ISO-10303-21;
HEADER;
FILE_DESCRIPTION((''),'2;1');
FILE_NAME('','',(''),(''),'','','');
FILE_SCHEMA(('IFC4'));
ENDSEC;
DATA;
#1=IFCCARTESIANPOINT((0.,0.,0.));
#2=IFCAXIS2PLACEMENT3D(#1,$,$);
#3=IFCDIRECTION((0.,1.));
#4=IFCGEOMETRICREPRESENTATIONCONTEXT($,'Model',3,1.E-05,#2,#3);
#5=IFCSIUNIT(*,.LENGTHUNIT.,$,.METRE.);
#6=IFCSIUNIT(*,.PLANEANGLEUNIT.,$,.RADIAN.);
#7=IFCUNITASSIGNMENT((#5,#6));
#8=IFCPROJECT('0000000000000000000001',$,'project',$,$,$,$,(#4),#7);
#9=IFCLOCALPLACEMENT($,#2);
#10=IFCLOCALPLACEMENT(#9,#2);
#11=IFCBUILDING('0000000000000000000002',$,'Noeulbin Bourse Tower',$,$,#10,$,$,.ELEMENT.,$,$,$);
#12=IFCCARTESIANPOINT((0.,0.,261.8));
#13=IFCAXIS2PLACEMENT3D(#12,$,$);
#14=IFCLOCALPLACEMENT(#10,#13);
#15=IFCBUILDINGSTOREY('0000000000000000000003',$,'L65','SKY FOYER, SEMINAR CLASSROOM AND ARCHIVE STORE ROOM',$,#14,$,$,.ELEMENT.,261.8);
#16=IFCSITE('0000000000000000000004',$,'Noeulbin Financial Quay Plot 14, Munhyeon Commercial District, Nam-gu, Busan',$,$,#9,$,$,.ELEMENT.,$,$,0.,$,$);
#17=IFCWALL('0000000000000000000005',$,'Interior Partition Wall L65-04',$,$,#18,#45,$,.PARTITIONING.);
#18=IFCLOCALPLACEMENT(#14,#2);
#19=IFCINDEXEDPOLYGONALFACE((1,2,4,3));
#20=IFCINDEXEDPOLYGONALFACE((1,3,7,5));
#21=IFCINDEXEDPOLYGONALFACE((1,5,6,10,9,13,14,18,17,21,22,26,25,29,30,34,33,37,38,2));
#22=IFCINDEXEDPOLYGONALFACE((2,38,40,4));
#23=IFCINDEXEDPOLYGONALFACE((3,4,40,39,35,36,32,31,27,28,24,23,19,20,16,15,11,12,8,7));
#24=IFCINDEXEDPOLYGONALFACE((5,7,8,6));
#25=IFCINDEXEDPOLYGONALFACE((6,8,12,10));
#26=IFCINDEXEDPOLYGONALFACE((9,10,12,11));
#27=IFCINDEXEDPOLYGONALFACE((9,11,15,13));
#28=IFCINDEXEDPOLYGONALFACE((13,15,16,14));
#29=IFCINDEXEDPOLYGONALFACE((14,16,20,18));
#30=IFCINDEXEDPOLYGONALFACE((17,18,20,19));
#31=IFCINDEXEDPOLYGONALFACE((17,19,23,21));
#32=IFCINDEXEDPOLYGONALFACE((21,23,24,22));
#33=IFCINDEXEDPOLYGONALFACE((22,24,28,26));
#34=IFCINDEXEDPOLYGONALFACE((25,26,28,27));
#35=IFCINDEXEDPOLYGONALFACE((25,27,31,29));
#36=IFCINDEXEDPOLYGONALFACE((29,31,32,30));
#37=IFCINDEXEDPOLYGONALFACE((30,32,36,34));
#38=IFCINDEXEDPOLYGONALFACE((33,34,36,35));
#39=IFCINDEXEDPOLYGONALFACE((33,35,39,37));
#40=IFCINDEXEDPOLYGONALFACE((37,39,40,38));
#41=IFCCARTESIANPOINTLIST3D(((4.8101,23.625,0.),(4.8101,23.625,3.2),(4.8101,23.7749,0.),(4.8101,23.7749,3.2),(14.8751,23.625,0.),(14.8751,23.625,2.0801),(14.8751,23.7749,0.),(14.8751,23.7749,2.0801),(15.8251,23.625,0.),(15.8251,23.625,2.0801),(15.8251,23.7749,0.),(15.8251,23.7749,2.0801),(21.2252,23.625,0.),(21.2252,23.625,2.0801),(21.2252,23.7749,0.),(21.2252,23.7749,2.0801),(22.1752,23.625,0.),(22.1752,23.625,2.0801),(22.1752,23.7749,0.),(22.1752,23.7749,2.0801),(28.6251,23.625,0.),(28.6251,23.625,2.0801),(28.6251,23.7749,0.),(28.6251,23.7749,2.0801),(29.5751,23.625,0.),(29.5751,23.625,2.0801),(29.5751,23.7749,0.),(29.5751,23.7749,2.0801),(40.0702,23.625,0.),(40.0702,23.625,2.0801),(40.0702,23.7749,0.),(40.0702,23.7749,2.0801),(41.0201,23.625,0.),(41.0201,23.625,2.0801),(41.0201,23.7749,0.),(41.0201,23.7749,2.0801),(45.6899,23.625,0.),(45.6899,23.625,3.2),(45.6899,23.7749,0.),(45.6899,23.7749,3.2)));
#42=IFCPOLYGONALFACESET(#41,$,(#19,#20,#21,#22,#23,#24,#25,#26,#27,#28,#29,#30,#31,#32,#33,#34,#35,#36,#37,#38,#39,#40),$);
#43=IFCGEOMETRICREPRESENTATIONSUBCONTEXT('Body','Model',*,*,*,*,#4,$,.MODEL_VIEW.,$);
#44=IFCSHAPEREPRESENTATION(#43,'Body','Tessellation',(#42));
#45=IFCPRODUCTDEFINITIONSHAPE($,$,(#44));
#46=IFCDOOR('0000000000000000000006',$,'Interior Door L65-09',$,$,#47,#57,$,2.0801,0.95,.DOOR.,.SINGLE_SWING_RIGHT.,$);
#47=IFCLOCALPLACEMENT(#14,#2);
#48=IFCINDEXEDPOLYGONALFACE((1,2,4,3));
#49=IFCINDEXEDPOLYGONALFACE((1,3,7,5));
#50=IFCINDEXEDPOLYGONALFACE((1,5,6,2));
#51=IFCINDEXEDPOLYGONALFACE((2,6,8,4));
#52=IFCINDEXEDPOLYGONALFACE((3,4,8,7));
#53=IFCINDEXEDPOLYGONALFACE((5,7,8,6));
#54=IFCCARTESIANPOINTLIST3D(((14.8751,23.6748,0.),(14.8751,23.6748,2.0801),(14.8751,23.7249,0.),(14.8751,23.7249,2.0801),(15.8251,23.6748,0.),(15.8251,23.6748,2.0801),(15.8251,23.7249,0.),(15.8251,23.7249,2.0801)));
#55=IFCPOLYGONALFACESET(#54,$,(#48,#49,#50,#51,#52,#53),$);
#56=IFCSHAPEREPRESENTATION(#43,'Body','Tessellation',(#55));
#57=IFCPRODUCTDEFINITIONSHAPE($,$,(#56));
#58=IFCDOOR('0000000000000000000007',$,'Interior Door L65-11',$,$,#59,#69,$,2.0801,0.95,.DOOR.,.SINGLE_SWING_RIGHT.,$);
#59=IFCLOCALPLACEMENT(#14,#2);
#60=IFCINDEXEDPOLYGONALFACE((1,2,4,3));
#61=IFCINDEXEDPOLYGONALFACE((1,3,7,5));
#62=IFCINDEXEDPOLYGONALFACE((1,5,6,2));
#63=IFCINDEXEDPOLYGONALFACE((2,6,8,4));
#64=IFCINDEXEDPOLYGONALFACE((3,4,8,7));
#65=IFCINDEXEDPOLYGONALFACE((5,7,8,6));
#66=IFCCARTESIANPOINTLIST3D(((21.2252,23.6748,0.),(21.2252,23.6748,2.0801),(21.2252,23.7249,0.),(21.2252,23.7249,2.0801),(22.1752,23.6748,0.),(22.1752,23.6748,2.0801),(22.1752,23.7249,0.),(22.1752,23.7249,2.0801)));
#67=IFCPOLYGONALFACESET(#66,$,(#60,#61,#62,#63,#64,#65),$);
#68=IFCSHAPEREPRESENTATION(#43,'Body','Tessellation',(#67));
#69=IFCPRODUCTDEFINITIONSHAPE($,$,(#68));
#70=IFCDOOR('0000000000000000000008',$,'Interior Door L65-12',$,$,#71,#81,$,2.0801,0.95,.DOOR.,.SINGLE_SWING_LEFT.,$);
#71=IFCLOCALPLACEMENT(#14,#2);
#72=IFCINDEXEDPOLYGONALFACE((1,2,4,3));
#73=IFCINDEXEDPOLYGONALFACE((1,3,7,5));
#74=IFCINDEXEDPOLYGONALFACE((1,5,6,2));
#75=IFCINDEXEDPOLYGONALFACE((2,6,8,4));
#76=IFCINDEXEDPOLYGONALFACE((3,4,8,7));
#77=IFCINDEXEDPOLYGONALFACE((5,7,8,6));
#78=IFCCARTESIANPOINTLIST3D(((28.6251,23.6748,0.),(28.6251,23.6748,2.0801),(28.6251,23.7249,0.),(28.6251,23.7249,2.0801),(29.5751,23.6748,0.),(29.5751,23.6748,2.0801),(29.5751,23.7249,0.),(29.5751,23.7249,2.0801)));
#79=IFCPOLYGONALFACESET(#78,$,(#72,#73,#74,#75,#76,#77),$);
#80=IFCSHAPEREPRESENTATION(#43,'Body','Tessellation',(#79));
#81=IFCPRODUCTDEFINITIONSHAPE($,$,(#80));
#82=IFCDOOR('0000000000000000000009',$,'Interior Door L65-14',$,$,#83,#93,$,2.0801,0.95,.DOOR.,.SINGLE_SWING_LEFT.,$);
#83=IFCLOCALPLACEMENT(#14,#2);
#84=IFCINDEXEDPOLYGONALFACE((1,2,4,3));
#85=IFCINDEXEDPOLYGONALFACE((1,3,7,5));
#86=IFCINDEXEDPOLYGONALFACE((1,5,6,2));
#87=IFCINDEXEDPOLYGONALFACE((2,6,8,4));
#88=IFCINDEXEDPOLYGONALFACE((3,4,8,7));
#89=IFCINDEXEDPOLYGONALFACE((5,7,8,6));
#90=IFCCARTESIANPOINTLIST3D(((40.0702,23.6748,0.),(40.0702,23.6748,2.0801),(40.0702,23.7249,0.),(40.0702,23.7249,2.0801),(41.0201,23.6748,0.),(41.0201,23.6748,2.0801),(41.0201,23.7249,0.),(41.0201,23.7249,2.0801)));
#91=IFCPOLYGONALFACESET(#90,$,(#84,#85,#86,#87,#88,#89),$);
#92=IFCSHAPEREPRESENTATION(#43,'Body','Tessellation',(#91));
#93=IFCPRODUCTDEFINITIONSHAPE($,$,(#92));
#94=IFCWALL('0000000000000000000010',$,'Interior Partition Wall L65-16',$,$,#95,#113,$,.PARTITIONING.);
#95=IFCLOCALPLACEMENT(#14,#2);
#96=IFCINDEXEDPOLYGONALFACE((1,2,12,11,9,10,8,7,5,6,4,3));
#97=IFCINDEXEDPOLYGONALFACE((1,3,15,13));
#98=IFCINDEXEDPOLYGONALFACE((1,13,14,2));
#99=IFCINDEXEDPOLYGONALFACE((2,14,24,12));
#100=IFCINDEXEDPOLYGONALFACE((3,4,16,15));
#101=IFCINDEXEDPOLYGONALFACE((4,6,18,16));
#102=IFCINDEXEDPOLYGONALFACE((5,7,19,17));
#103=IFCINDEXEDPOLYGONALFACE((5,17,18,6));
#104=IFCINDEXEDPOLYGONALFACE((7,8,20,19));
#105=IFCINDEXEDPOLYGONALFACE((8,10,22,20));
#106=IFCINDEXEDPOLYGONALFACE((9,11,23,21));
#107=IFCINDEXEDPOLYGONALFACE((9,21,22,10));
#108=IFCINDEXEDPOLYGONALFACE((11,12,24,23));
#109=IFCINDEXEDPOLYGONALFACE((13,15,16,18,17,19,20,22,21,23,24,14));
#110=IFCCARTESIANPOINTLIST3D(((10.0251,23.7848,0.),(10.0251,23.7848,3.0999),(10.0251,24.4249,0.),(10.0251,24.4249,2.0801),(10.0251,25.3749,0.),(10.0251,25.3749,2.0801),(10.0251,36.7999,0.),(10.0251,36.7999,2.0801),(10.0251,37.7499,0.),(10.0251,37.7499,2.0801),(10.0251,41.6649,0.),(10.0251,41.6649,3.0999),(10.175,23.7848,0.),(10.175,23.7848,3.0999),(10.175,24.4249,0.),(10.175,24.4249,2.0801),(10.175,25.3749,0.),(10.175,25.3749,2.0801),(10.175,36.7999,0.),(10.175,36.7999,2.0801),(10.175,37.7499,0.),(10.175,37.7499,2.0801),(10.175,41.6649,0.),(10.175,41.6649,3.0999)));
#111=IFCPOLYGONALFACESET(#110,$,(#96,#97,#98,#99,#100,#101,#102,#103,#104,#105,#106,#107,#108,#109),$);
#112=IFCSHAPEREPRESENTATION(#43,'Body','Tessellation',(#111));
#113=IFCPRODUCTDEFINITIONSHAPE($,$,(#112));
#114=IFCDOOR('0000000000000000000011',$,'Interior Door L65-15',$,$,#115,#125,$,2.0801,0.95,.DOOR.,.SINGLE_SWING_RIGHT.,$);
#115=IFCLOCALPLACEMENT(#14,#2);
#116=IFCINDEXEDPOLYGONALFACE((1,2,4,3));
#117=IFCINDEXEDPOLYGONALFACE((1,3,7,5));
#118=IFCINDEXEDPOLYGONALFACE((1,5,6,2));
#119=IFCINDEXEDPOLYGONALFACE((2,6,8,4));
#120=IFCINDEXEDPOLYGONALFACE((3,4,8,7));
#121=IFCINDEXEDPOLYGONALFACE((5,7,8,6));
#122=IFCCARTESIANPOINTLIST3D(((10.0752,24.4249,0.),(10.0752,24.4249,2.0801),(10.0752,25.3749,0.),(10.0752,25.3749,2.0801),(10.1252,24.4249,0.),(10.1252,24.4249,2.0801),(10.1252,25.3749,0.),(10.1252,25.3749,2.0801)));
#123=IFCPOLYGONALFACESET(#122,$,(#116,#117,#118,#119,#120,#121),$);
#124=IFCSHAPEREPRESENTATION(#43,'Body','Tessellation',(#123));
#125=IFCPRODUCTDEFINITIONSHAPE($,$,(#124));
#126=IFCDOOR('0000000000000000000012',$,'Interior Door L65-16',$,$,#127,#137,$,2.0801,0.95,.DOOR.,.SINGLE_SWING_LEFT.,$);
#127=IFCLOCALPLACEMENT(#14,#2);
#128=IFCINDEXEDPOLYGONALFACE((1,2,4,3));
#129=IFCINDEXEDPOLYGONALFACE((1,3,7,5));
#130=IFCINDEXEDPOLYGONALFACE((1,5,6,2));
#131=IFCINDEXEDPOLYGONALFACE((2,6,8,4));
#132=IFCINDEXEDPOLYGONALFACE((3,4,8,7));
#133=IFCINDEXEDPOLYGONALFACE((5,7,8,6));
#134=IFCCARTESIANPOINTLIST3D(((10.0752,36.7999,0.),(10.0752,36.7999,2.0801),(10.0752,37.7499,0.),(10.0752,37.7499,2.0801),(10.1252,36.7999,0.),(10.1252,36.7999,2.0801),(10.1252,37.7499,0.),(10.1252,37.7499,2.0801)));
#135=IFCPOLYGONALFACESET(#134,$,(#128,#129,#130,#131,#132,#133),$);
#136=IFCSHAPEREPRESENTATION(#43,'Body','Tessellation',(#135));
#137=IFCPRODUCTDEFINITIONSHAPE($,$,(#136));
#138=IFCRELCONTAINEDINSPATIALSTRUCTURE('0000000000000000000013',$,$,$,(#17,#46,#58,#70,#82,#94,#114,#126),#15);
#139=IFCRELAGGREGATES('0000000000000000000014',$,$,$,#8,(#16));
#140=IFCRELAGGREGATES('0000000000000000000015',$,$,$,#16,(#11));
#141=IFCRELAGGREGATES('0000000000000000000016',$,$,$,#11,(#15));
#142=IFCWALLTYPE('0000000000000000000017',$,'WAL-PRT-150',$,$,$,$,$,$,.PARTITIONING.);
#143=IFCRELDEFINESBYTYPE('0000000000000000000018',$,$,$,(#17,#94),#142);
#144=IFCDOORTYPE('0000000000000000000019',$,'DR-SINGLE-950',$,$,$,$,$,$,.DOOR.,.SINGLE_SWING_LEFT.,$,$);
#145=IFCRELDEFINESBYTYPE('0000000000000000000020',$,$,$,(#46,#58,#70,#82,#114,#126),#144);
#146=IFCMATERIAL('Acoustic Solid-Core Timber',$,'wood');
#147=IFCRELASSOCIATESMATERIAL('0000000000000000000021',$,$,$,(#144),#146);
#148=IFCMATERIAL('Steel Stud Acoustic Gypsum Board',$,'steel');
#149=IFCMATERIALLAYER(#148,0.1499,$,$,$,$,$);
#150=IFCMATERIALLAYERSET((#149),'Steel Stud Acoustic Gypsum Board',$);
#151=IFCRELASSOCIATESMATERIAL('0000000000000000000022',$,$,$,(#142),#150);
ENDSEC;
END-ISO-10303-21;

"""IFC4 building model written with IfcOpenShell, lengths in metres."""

from ifc_helpers import new_model, si_unit, direction, frame, frame_2d, origin, place, context, subcontext, project, spatial, rectangle, extrude, material, layer, layer_set, type_object, element, fill, save


model = new_model("IFC4")

# Units and contexts
model_context = context("Model", 3, precision=1e-05, world=origin(), true_north=direction((0.0, 1.0)))
body_context = subcontext(model_context, "Body", "Model", "MODEL_VIEW")
ifc_project = project(units=[si_unit("LENGTHUNIT", "METRE"), si_unit("PLANEANGLEUNIT", "RADIAN")], contexts=[model_context])

# Site, building, storey
site_placement = place(None, origin())
site = spatial("IfcSite", under=ifc_project, at=site_placement, Name="Noeulbin Financial Quay Plot 14, Munhyeon Commercial District, Nam-gu, Busan", CompositionType="ELEMENT", RefElevation=0.0)
building_placement = place(site_placement, origin())
building = spatial("IfcBuilding", under=site, at=building_placement, Name="Noeulbin Bourse Tower", CompositionType="ELEMENT")
storey_placement = place(building_placement, frame((0.0, 0.0, 261.8)))
storey = spatial("IfcBuildingStorey", under=building, at=storey_placement, Name="L65", Description="SKY FOYER, SEMINAR CLASSROOM AND ARCHIVE STORE ROOM", CompositionType="ELEMENT", Elevation=261.8)

# Shared definitions
ifc_material_1 = material(Name="Acoustic Solid-Core Timber", Category="wood")
door_type = type_object("IfcDoorType", Name="DR-SINGLE-950", OperationType="SINGLE_SWING_LEFT", PredefinedType="DOOR", material=ifc_material_1)

# Walls, openings, doors
ifc_material_2 = material(Name="Steel Stud Acoustic Gypsum Board", Category="steel")
ifc_layer_1 = layer(ifc_material_2, 0.1499)
ifc_layer_set_1 = layer_set([ifc_layer_1], Name="Steel Stud Acoustic Gypsum Board")
wall_type_1 = type_object("IfcWallType", Name="WAL-PRT-150", PredefinedType="PARTITIONING", material=ifc_layer_set_1)
wall_1_placement = place(storey_placement, frame((4.8101, 23.7, 0.0), z_axis=(0.0, 0.0, 1.0), x_axis=(1.0, 0.0, 0.0)))
wall_1 = element("IfcWall", 1, at=wall_1_placement, inside=storey, type_object=wall_type_1, Name="Interior Partition Wall L65-04", PredefinedType="PARTITIONING", context=body_context, shape_type="SweptSolid", body=[
    extrude(rectangle(XDim=40.8799, YDim=0.1499, at=frame_2d((20.4399, 0.0))), origin(), (0.0, 0.0, 1.0), 3.2),
])
opening_1_placement = place(wall_1_placement, frame((10.0649, 0.0, 0.0)))
opening_1 = element("IfcOpeningElement", 2, at=opening_1_placement, cuts=wall_1, PredefinedType="OPENING", context=body_context, shape_type="SweptSolid", body=[
    extrude(rectangle(XDim=0.95, YDim=2.0801, at=frame_2d((0.4751, 1.04))), frame((0.0, 0.085, 0.0), z_axis=(0.0, -1.0, 0.0), x_axis=(1.0, 0.0, 0.0)), (0.0, 0.0, 1.0), 0.1699),
])
opening_2_placement = place(wall_1_placement, frame((16.415, 0.0, 0.0)))
opening_2 = element("IfcOpeningElement", 3, at=opening_2_placement, cuts=wall_1, PredefinedType="OPENING", context=body_context, shape_type="SweptSolid", body=[
    extrude(rectangle(XDim=0.95, YDim=2.0801, at=frame_2d((0.4751, 1.04))), frame((0.0, 0.085, 0.0), z_axis=(0.0, -1.0, 0.0), x_axis=(1.0, 0.0, 0.0)), (0.0, 0.0, 1.0), 0.1699),
])
opening_3_placement = place(wall_1_placement, frame((23.8149, 0.0, 0.0)))
opening_3 = element("IfcOpeningElement", 4, at=opening_3_placement, cuts=wall_1, PredefinedType="OPENING", context=body_context, shape_type="SweptSolid", body=[
    extrude(rectangle(XDim=0.95, YDim=2.0801, at=frame_2d((0.4751, 1.04))), frame((0.0, 0.085, 0.0), z_axis=(0.0, -1.0, 0.0), x_axis=(1.0, 0.0, 0.0)), (0.0, 0.0, 1.0), 0.1699),
])
opening_4_placement = place(wall_1_placement, frame((35.26, 0.0, 0.0)))
opening_4 = element("IfcOpeningElement", 5, at=opening_4_placement, cuts=wall_1, PredefinedType="OPENING", context=body_context, shape_type="SweptSolid", body=[
    extrude(rectangle(XDim=0.95, YDim=2.0801, at=frame_2d((0.4751, 1.04))), frame((0.0, 0.085, 0.0), z_axis=(0.0, -1.0, 0.0), x_axis=(1.0, 0.0, 0.0)), (0.0, 0.0, 1.0), 0.1699),
])
door_1_placement = place(opening_1_placement, origin())
door_1 = element("IfcDoor", 6, at=door_1_placement, inside=storey, type_object=door_type, Name="Interior Door L65-09", OperationType="SINGLE_SWING_RIGHT", OverallHeight=2.0801, OverallWidth=0.95, PredefinedType="DOOR", context=body_context, shape_type="SweptSolid", body=[
    extrude(rectangle(XDim=0.95, YDim=2.0801, at=frame_2d((0.4751, 1.04))), frame((0.0, 0.0249, 0.0), z_axis=(0.0, -1.0, 0.0), x_axis=(1.0, 0.0, 0.0)), (0.0, 0.0, 1.0), 0.05),
])
fill(opening_1, door_1)
door_2_placement = place(opening_2_placement, origin())
door_2 = element("IfcDoor", 7, at=door_2_placement, inside=storey, type_object=door_type, Name="Interior Door L65-11", OperationType="SINGLE_SWING_RIGHT", OverallHeight=2.0801, OverallWidth=0.95, PredefinedType="DOOR", context=body_context, shape_type="SweptSolid", body=[
    extrude(rectangle(XDim=0.95, YDim=2.0801, at=frame_2d((0.4751, 1.04))), frame((0.0, 0.0249, 0.0), z_axis=(0.0, -1.0, 0.0), x_axis=(1.0, 0.0, 0.0)), (0.0, 0.0, 1.0), 0.05),
])
fill(opening_2, door_2)
door_3_placement = place(opening_3_placement, origin())
door_3 = element("IfcDoor", 8, at=door_3_placement, inside=storey, type_object=door_type, Name="Interior Door L65-12", OperationType="SINGLE_SWING_LEFT", OverallHeight=2.0801, OverallWidth=0.95, PredefinedType="DOOR", context=body_context, shape_type="SweptSolid", body=[
    extrude(rectangle(XDim=0.95, YDim=2.0801, at=frame_2d((0.4751, 1.04))), frame((0.0, 0.0249, 0.0), z_axis=(0.0, -1.0, 0.0), x_axis=(1.0, 0.0, 0.0)), (0.0, 0.0, 1.0), 0.05),
])
fill(opening_3, door_3)
door_4_placement = place(opening_4_placement, origin())
door_4 = element("IfcDoor", 9, at=door_4_placement, inside=storey, type_object=door_type, Name="Interior Door L65-14", OperationType="SINGLE_SWING_LEFT", OverallHeight=2.0801, OverallWidth=0.95, PredefinedType="DOOR", context=body_context, shape_type="SweptSolid", body=[
    extrude(rectangle(XDim=0.95, YDim=2.0801, at=frame_2d((0.4751, 1.04))), frame((0.0, 0.0249, 0.0), z_axis=(0.0, -1.0, 0.0), x_axis=(1.0, 0.0, 0.0)), (0.0, 0.0, 1.0), 0.05),
])
fill(opening_4, door_4)
wall_2_placement = place(storey_placement, frame((10.1001, 23.7849, 0.0), z_axis=(0.0, 0.0, 1.0), x_axis=(0.0, 1.0, 0.0)))
wall_2 = element("IfcWall", 10, at=wall_2_placement, inside=storey, type_object=wall_type_1, Name="Interior Partition Wall L65-16", PredefinedType="PARTITIONING", context=body_context, shape_type="SweptSolid", body=[
    extrude(rectangle(XDim=17.8801, YDim=0.1499, at=frame_2d((8.9399, 0.0))), origin(), (0.0, 0.0, 1.0), 3.0999),
])
opening_5_placement = place(wall_2_placement, frame((0.6399, 0.0, 0.0)))
opening_5 = element("IfcOpeningElement", 11, at=opening_5_placement, cuts=wall_2, PredefinedType="OPENING", context=body_context, shape_type="SweptSolid", body=[
    extrude(rectangle(XDim=0.95, YDim=2.0801, at=frame_2d((0.4751, 1.04))), frame((0.0, 0.085, 0.0), z_axis=(0.0, -1.0, 0.0), x_axis=(1.0, 0.0, 0.0)), (0.0, 0.0, 1.0), 0.1699),
])
opening_6_placement = place(wall_2_placement, frame((13.0149, 0.0, 0.0)))
opening_6 = element("IfcOpeningElement", 12, at=opening_6_placement, cuts=wall_2, PredefinedType="OPENING", context=body_context, shape_type="SweptSolid", body=[
    extrude(rectangle(XDim=0.95, YDim=2.0801, at=frame_2d((0.4751, 1.04))), frame((0.0, 0.085, 0.0), z_axis=(0.0, -1.0, 0.0), x_axis=(1.0, 0.0, 0.0)), (0.0, 0.0, 1.0), 0.1699),
])
door_5_placement = place(opening_5_placement, origin())
door_5 = element("IfcDoor", 13, at=door_5_placement, inside=storey, type_object=door_type, Name="Interior Door L65-15", OperationType="SINGLE_SWING_RIGHT", OverallHeight=2.0801, OverallWidth=0.95, PredefinedType="DOOR", context=body_context, shape_type="SweptSolid", body=[
    extrude(rectangle(XDim=0.95, YDim=2.0801, at=frame_2d((0.4751, 1.04))), frame((0.0, 0.0249, 0.0), z_axis=(0.0, -1.0, 0.0), x_axis=(1.0, 0.0, 0.0)), (0.0, 0.0, 1.0), 0.05),
])
fill(opening_5, door_5)
door_6_placement = place(opening_6_placement, origin())
door_6 = element("IfcDoor", 14, at=door_6_placement, inside=storey, type_object=door_type, Name="Interior Door L65-16", OperationType="SINGLE_SWING_LEFT", OverallHeight=2.0801, OverallWidth=0.95, PredefinedType="DOOR", context=body_context, shape_type="SweptSolid", body=[
    extrude(rectangle(XDim=0.95, YDim=2.0801, at=frame_2d((0.4751, 1.04))), frame((0.0, 0.0249, 0.0), z_axis=(0.0, -1.0, 0.0), x_axis=(1.0, 0.0, 0.0)), (0.0, 0.0, 1.0), 0.05),
])
fill(opening_6, door_6)

save(model, "model.ifc")
